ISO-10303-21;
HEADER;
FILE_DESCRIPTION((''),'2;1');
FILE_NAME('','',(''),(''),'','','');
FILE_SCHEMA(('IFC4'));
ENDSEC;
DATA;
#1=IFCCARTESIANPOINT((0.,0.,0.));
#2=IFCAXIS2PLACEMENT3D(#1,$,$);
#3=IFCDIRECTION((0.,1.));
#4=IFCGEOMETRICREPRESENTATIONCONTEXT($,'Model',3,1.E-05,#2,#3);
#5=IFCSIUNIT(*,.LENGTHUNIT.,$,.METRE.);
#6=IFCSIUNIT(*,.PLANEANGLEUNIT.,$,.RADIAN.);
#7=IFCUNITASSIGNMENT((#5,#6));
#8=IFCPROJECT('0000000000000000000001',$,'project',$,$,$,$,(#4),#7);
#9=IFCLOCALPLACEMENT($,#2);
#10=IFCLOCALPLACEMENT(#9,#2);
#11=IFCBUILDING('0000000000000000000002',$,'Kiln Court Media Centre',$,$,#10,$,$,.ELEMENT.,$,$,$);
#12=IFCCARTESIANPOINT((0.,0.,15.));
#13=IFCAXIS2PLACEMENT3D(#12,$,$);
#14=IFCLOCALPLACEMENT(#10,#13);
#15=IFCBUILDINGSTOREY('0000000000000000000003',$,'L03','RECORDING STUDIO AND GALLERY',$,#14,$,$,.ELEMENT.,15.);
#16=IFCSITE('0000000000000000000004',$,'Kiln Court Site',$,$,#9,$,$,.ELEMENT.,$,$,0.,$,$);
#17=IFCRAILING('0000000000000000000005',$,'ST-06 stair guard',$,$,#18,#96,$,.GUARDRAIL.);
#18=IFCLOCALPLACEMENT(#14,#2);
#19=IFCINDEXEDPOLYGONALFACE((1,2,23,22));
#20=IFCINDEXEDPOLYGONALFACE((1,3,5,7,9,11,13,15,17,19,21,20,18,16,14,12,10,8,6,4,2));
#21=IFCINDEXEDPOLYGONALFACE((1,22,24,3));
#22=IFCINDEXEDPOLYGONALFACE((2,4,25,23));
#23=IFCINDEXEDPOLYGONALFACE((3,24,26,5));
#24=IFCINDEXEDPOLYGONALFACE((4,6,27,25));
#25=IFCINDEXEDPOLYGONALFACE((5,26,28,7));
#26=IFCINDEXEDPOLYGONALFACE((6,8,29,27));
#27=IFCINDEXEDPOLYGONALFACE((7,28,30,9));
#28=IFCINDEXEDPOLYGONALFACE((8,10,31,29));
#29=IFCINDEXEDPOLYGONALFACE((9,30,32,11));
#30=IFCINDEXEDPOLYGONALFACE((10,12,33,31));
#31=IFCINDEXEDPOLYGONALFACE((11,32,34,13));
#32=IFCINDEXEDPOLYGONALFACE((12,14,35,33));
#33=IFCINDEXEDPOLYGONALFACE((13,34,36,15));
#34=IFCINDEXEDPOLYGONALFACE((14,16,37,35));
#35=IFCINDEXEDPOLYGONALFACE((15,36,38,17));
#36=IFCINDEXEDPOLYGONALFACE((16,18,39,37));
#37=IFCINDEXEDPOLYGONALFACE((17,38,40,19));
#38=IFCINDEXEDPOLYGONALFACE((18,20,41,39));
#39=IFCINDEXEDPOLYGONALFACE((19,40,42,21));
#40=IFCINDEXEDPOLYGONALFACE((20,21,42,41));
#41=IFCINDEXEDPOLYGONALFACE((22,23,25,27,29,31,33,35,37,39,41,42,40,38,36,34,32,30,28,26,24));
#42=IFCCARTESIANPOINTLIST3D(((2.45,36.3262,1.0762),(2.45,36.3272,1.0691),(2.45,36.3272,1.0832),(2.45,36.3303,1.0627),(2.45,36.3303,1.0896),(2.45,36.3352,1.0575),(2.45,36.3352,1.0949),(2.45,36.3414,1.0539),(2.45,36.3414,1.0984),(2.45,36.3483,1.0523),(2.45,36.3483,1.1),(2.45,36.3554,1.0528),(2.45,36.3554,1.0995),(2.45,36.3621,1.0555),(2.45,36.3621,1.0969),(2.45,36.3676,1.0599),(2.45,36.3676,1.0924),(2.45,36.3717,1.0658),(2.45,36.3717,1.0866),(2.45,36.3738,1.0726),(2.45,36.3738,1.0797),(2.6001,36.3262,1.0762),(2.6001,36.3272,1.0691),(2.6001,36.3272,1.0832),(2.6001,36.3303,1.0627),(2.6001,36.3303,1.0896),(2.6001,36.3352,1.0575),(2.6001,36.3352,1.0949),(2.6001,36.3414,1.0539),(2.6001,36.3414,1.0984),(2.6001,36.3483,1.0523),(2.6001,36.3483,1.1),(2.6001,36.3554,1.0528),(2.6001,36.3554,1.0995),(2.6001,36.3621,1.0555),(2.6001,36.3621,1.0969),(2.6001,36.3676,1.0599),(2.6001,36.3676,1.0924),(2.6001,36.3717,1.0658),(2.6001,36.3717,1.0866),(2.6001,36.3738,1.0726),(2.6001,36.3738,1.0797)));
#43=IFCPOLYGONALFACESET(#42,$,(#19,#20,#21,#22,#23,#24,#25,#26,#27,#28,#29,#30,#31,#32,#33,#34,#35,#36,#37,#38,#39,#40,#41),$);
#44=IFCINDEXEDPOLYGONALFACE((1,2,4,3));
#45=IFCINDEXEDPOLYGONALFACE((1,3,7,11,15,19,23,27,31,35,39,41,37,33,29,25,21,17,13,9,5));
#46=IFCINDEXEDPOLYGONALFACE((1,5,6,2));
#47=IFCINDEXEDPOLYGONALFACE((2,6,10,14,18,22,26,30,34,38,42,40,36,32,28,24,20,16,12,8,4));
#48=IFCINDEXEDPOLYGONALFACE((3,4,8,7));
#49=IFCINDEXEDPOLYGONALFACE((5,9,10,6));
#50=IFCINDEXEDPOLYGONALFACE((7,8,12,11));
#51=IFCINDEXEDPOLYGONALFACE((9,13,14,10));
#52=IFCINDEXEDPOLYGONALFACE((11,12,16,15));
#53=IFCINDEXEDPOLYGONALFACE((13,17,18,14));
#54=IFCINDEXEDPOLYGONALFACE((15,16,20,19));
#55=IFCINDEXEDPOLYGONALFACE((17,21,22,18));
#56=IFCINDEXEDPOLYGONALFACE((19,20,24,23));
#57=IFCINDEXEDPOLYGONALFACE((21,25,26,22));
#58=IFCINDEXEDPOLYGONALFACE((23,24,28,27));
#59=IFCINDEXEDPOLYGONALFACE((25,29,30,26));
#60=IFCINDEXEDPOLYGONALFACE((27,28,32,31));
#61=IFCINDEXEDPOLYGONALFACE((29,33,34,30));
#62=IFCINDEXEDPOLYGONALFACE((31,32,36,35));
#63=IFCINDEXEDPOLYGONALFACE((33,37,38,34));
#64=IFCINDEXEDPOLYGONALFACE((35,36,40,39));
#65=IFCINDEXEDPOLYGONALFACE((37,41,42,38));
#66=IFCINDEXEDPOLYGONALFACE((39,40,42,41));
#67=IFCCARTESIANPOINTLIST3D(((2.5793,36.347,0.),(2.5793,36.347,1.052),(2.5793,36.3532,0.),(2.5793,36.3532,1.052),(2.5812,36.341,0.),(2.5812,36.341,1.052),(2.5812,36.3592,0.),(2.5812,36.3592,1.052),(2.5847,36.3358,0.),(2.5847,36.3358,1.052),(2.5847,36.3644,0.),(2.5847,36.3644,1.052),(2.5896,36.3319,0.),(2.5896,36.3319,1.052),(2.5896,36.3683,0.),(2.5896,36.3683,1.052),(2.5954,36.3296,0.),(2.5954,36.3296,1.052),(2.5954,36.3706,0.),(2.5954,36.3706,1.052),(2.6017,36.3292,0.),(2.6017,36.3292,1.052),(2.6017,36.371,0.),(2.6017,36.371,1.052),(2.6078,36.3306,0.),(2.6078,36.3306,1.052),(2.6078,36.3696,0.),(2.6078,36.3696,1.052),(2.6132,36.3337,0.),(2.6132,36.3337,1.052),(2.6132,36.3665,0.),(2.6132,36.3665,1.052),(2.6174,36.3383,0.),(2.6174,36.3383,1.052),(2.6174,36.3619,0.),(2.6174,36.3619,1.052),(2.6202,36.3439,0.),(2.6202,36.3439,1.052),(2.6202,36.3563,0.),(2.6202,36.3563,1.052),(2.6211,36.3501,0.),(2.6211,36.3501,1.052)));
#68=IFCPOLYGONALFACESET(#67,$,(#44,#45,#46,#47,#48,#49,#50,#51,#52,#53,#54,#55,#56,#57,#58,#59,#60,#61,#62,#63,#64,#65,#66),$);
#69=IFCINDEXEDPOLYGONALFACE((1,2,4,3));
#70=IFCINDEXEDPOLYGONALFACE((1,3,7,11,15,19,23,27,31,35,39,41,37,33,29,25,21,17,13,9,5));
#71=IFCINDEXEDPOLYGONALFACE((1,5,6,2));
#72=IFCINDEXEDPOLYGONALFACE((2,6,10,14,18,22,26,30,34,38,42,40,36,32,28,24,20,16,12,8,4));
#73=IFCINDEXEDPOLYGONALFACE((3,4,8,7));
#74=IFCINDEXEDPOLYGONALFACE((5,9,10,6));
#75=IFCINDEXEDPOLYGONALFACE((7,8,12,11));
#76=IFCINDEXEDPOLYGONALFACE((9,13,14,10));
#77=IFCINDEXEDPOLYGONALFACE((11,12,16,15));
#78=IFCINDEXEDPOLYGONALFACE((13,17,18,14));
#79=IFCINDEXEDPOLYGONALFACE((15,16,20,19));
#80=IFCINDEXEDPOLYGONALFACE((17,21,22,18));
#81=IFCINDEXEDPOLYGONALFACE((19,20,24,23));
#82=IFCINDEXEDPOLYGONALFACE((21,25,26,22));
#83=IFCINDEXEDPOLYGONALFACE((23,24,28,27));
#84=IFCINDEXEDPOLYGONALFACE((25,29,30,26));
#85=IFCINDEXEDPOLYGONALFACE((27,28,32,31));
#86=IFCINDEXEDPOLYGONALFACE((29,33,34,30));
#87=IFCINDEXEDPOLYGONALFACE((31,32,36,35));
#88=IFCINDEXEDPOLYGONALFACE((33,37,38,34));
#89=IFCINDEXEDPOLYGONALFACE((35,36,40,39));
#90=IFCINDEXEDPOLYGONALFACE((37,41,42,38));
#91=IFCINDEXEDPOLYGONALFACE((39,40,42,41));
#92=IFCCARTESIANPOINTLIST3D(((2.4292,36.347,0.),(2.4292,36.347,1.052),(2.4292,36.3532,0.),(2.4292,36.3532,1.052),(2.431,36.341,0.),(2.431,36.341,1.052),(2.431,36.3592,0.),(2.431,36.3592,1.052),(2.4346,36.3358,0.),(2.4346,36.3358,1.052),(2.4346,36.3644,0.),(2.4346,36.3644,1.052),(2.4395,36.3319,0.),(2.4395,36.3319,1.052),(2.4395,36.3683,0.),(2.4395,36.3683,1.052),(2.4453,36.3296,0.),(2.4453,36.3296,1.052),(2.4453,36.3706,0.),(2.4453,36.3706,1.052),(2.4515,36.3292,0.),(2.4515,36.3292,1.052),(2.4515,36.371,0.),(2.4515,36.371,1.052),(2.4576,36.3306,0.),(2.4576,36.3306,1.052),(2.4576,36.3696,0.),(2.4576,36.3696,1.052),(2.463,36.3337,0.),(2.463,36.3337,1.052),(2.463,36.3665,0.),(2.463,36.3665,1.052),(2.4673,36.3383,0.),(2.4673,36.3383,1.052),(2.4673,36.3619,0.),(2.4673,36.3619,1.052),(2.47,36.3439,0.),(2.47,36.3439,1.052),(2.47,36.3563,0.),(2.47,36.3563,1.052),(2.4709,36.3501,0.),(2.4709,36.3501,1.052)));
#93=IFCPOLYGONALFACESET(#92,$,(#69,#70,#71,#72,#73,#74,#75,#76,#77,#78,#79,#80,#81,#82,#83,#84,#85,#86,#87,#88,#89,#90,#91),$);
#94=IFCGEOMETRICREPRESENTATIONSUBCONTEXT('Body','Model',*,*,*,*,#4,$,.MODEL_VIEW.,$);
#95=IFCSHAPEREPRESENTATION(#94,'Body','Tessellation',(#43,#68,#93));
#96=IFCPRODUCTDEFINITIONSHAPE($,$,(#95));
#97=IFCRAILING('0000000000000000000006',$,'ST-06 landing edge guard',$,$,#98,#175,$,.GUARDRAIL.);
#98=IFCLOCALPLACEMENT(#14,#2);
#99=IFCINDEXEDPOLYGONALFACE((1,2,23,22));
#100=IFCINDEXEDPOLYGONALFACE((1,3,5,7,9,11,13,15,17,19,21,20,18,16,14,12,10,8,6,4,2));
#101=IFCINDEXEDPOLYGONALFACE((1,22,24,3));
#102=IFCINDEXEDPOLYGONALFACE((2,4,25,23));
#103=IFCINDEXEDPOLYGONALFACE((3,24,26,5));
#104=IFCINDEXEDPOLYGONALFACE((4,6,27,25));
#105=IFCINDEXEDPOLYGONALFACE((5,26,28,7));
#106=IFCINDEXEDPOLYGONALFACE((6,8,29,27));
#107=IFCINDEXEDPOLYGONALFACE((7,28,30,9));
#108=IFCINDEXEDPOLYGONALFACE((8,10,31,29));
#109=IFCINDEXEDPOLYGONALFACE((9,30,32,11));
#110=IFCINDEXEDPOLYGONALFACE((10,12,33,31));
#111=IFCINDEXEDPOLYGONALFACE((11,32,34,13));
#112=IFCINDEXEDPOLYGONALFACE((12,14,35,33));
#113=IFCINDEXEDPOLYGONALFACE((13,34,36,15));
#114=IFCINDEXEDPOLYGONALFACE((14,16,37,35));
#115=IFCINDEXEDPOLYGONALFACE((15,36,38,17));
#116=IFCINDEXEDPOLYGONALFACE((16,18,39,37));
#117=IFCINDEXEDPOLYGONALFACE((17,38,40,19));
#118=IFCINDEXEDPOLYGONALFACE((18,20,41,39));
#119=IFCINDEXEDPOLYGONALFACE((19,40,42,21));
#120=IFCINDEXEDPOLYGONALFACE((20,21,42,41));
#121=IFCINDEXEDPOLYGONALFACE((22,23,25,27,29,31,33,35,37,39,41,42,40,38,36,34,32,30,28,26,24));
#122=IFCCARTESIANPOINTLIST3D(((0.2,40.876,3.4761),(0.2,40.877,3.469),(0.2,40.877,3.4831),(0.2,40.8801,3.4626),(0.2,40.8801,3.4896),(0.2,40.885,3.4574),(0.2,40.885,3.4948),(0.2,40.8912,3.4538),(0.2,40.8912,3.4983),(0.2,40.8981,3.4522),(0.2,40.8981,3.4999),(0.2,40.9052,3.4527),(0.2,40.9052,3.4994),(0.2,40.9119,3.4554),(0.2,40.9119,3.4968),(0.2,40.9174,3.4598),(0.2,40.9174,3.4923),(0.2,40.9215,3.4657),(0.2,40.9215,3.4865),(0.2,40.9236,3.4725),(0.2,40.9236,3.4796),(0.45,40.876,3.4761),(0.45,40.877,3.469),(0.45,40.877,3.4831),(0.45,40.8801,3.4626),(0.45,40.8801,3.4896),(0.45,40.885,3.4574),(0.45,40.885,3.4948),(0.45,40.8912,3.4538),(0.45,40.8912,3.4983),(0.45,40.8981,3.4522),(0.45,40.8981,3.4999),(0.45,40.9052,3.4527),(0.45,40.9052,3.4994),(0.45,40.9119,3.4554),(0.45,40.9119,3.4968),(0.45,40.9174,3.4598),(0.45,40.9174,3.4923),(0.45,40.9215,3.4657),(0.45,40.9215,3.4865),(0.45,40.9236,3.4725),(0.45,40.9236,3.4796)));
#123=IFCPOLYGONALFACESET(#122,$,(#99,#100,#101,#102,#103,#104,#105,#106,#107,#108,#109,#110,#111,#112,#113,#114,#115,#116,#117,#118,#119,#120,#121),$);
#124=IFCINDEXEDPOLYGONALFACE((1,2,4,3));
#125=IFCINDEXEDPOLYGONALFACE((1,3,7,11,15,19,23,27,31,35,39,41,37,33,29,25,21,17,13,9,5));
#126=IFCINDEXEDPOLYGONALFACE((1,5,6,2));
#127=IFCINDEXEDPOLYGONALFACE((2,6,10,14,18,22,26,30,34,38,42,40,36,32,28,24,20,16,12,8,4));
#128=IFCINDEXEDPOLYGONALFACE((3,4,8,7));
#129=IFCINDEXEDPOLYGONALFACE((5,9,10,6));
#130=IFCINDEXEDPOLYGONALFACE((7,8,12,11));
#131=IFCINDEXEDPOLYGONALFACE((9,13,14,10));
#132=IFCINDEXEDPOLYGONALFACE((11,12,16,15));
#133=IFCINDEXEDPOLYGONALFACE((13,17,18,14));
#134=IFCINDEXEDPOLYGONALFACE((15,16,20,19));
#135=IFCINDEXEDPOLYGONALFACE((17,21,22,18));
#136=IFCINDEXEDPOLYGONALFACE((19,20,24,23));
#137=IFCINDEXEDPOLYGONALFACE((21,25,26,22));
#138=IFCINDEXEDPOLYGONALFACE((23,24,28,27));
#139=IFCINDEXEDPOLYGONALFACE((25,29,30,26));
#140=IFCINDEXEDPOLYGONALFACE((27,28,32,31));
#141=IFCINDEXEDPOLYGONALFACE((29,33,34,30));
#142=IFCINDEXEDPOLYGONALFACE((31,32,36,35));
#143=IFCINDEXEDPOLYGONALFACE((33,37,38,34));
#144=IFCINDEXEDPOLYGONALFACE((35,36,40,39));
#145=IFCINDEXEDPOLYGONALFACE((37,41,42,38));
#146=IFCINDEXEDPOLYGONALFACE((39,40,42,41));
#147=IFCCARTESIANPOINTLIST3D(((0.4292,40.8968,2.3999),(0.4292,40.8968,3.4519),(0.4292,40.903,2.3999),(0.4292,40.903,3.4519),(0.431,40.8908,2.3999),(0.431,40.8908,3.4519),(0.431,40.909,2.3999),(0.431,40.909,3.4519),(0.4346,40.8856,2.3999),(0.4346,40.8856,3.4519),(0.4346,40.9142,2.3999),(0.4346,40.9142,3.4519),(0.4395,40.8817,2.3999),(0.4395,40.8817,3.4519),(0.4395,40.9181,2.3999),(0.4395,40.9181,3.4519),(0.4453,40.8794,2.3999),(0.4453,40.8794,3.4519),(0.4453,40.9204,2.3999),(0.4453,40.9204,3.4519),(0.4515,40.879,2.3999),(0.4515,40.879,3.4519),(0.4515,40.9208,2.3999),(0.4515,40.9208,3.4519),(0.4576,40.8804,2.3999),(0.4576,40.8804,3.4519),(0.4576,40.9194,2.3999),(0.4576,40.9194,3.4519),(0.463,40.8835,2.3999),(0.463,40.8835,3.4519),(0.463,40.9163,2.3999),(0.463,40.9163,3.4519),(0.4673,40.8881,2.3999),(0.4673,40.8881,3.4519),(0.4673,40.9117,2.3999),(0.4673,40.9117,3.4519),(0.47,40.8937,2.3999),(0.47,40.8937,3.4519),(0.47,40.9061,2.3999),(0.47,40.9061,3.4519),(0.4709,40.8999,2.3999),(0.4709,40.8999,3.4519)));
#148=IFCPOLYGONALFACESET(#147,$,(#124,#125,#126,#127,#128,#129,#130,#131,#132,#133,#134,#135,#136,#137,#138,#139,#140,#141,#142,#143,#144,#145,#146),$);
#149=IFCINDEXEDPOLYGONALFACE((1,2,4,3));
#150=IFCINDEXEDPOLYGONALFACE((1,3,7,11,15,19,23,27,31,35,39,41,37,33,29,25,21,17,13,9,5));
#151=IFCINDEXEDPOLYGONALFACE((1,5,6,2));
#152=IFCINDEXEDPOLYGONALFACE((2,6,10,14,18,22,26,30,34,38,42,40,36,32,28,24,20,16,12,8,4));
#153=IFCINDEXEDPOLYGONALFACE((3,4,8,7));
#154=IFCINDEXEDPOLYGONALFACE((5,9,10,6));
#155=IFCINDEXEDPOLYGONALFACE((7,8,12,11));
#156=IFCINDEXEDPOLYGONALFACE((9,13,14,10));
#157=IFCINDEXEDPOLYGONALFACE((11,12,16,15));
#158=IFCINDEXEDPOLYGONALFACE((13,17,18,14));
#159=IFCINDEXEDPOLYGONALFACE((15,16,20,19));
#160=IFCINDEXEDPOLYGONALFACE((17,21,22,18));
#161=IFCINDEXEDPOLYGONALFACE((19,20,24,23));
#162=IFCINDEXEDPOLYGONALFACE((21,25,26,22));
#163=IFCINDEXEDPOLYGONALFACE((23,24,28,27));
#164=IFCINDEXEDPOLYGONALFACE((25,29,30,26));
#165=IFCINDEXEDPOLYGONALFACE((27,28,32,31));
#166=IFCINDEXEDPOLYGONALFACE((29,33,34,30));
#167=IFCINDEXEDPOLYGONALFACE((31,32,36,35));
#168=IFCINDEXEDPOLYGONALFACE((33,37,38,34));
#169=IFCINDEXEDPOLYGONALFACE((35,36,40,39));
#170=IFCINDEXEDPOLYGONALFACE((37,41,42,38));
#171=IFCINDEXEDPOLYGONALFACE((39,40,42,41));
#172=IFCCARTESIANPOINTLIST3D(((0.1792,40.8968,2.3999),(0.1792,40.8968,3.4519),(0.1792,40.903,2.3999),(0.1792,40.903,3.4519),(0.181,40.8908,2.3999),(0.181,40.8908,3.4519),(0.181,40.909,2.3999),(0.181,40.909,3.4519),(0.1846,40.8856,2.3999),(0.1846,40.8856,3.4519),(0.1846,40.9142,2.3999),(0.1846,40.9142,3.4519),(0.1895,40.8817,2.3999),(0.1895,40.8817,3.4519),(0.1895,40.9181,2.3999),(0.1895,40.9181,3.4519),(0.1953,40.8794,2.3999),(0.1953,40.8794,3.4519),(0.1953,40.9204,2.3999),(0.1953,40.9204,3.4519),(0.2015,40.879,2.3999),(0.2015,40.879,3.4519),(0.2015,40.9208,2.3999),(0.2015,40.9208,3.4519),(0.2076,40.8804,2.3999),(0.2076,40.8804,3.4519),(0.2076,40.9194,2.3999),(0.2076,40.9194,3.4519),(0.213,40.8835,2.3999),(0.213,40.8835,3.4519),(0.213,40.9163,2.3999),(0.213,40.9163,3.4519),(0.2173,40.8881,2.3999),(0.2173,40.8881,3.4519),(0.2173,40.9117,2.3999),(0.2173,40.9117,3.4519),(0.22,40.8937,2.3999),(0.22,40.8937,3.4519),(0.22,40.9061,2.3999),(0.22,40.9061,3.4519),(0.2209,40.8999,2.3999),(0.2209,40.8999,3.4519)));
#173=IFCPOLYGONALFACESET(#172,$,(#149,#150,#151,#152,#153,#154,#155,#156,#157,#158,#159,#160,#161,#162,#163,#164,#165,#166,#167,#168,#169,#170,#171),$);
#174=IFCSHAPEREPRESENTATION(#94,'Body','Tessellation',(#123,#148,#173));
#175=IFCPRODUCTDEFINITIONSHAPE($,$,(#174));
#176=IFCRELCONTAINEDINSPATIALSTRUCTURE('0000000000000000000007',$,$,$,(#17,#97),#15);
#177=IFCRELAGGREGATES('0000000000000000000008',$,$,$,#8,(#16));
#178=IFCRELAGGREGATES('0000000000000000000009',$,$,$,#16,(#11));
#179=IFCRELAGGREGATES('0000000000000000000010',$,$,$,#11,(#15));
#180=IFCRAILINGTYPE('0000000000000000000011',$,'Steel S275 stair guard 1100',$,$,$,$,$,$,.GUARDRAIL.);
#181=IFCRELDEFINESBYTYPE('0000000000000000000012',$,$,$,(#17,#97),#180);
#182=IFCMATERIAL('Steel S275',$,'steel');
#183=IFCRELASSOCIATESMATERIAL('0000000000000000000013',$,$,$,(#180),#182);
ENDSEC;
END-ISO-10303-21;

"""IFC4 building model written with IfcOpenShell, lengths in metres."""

from ifc_helpers import new_model, si_unit, direction, frame, origin, origin_2d, place, context, subcontext, project, spatial, circle, extrude, material, type_object, element, save


model = new_model("IFC4")

# Units and contexts
model_context = context("Model", 3, precision=1e-05, world=origin(), true_north=direction((0.0, 1.0)))
body_context = subcontext(model_context, "Body", "Model", "MODEL_VIEW")
ifc_project = project(units=[si_unit("LENGTHUNIT", "METRE"), si_unit("PLANEANGLEUNIT", "RADIAN")], contexts=[model_context])

# Site, building, storey
site_placement = place(None, origin())
site = spatial("IfcSite", under=ifc_project, at=site_placement, Name="Kiln Court Site", CompositionType="ELEMENT", RefElevation=0.0)
building_placement = place(site_placement, origin())
building = spatial("IfcBuilding", under=site, at=building_placement, Name="Kiln Court Media Centre", CompositionType="ELEMENT")
storey_placement = place(building_placement, frame((0.0, 0.0, 15.0)))
storey = spatial("IfcBuildingStorey", under=building, at=storey_placement, Name="L03", Description="RECORDING STUDIO AND GALLERY", CompositionType="ELEMENT", Elevation=15.0)

# Railings
ifc_material_1 = material(Name="Steel S275", Category="steel")
railing_type_1 = type_object("IfcRailingType", Name="Steel S275 stair guard 1100", PredefinedType="GUARDRAIL", material=ifc_material_1)
railing_1_placement = place(storey_placement, frame((2.6001, 36.3501, 0.0)))
element("IfcRailing", 1, at=railing_1_placement, inside=storey, type_object=railing_type_1, Name="ST-06 stair guard", PredefinedType="GUARDRAIL", context=body_context, shape_type="SweptSolid", body=[
    extrude(circle(Radius=0.0239, at=origin_2d()), frame((0.0, 0.0, 1.0762), z_axis=(-1.0, 0.0, 0.0), x_axis=(0.0, -1.0, 0.0)), (0.0, 0.0, 1.0), 0.1501),
    extrude(circle(Radius=0.021, at=origin_2d()), origin(), (0.0, 0.0, 1.0), 1.052),
    extrude(circle(Radius=0.021, at=origin_2d()), frame((-0.1501, 0.0, 0.0)), (0.0, 0.0, 1.0), 1.052),
])
for number, where, name in (
    (2, (0.45, 40.8999, 2.3999), "ST-06 landing edge guard"),
):
    element("IfcRailing", number, at=place(storey_placement, frame(where)), inside=storey, type_object=railing_type_1, Name=name, PredefinedType="GUARDRAIL", context=body_context, shape_type="SweptSolid", body=[
        extrude(circle(Radius=0.0239, at=origin_2d()), frame((0.0, 0.0, 1.0762), z_axis=(-1.0, 0.0, 0.0), x_axis=(0.0, -1.0, 0.0)), (0.0, 0.0, 1.0), 0.25),
        extrude(circle(Radius=0.021, at=origin_2d()), origin(), (0.0, 0.0, 1.0), 1.052),
        extrude(circle(Radius=0.021, at=origin_2d()), frame((-0.25, 0.0, 0.0)), (0.0, 0.0, 1.0), 1.052),
    ])

save(model, "model.ifc")
